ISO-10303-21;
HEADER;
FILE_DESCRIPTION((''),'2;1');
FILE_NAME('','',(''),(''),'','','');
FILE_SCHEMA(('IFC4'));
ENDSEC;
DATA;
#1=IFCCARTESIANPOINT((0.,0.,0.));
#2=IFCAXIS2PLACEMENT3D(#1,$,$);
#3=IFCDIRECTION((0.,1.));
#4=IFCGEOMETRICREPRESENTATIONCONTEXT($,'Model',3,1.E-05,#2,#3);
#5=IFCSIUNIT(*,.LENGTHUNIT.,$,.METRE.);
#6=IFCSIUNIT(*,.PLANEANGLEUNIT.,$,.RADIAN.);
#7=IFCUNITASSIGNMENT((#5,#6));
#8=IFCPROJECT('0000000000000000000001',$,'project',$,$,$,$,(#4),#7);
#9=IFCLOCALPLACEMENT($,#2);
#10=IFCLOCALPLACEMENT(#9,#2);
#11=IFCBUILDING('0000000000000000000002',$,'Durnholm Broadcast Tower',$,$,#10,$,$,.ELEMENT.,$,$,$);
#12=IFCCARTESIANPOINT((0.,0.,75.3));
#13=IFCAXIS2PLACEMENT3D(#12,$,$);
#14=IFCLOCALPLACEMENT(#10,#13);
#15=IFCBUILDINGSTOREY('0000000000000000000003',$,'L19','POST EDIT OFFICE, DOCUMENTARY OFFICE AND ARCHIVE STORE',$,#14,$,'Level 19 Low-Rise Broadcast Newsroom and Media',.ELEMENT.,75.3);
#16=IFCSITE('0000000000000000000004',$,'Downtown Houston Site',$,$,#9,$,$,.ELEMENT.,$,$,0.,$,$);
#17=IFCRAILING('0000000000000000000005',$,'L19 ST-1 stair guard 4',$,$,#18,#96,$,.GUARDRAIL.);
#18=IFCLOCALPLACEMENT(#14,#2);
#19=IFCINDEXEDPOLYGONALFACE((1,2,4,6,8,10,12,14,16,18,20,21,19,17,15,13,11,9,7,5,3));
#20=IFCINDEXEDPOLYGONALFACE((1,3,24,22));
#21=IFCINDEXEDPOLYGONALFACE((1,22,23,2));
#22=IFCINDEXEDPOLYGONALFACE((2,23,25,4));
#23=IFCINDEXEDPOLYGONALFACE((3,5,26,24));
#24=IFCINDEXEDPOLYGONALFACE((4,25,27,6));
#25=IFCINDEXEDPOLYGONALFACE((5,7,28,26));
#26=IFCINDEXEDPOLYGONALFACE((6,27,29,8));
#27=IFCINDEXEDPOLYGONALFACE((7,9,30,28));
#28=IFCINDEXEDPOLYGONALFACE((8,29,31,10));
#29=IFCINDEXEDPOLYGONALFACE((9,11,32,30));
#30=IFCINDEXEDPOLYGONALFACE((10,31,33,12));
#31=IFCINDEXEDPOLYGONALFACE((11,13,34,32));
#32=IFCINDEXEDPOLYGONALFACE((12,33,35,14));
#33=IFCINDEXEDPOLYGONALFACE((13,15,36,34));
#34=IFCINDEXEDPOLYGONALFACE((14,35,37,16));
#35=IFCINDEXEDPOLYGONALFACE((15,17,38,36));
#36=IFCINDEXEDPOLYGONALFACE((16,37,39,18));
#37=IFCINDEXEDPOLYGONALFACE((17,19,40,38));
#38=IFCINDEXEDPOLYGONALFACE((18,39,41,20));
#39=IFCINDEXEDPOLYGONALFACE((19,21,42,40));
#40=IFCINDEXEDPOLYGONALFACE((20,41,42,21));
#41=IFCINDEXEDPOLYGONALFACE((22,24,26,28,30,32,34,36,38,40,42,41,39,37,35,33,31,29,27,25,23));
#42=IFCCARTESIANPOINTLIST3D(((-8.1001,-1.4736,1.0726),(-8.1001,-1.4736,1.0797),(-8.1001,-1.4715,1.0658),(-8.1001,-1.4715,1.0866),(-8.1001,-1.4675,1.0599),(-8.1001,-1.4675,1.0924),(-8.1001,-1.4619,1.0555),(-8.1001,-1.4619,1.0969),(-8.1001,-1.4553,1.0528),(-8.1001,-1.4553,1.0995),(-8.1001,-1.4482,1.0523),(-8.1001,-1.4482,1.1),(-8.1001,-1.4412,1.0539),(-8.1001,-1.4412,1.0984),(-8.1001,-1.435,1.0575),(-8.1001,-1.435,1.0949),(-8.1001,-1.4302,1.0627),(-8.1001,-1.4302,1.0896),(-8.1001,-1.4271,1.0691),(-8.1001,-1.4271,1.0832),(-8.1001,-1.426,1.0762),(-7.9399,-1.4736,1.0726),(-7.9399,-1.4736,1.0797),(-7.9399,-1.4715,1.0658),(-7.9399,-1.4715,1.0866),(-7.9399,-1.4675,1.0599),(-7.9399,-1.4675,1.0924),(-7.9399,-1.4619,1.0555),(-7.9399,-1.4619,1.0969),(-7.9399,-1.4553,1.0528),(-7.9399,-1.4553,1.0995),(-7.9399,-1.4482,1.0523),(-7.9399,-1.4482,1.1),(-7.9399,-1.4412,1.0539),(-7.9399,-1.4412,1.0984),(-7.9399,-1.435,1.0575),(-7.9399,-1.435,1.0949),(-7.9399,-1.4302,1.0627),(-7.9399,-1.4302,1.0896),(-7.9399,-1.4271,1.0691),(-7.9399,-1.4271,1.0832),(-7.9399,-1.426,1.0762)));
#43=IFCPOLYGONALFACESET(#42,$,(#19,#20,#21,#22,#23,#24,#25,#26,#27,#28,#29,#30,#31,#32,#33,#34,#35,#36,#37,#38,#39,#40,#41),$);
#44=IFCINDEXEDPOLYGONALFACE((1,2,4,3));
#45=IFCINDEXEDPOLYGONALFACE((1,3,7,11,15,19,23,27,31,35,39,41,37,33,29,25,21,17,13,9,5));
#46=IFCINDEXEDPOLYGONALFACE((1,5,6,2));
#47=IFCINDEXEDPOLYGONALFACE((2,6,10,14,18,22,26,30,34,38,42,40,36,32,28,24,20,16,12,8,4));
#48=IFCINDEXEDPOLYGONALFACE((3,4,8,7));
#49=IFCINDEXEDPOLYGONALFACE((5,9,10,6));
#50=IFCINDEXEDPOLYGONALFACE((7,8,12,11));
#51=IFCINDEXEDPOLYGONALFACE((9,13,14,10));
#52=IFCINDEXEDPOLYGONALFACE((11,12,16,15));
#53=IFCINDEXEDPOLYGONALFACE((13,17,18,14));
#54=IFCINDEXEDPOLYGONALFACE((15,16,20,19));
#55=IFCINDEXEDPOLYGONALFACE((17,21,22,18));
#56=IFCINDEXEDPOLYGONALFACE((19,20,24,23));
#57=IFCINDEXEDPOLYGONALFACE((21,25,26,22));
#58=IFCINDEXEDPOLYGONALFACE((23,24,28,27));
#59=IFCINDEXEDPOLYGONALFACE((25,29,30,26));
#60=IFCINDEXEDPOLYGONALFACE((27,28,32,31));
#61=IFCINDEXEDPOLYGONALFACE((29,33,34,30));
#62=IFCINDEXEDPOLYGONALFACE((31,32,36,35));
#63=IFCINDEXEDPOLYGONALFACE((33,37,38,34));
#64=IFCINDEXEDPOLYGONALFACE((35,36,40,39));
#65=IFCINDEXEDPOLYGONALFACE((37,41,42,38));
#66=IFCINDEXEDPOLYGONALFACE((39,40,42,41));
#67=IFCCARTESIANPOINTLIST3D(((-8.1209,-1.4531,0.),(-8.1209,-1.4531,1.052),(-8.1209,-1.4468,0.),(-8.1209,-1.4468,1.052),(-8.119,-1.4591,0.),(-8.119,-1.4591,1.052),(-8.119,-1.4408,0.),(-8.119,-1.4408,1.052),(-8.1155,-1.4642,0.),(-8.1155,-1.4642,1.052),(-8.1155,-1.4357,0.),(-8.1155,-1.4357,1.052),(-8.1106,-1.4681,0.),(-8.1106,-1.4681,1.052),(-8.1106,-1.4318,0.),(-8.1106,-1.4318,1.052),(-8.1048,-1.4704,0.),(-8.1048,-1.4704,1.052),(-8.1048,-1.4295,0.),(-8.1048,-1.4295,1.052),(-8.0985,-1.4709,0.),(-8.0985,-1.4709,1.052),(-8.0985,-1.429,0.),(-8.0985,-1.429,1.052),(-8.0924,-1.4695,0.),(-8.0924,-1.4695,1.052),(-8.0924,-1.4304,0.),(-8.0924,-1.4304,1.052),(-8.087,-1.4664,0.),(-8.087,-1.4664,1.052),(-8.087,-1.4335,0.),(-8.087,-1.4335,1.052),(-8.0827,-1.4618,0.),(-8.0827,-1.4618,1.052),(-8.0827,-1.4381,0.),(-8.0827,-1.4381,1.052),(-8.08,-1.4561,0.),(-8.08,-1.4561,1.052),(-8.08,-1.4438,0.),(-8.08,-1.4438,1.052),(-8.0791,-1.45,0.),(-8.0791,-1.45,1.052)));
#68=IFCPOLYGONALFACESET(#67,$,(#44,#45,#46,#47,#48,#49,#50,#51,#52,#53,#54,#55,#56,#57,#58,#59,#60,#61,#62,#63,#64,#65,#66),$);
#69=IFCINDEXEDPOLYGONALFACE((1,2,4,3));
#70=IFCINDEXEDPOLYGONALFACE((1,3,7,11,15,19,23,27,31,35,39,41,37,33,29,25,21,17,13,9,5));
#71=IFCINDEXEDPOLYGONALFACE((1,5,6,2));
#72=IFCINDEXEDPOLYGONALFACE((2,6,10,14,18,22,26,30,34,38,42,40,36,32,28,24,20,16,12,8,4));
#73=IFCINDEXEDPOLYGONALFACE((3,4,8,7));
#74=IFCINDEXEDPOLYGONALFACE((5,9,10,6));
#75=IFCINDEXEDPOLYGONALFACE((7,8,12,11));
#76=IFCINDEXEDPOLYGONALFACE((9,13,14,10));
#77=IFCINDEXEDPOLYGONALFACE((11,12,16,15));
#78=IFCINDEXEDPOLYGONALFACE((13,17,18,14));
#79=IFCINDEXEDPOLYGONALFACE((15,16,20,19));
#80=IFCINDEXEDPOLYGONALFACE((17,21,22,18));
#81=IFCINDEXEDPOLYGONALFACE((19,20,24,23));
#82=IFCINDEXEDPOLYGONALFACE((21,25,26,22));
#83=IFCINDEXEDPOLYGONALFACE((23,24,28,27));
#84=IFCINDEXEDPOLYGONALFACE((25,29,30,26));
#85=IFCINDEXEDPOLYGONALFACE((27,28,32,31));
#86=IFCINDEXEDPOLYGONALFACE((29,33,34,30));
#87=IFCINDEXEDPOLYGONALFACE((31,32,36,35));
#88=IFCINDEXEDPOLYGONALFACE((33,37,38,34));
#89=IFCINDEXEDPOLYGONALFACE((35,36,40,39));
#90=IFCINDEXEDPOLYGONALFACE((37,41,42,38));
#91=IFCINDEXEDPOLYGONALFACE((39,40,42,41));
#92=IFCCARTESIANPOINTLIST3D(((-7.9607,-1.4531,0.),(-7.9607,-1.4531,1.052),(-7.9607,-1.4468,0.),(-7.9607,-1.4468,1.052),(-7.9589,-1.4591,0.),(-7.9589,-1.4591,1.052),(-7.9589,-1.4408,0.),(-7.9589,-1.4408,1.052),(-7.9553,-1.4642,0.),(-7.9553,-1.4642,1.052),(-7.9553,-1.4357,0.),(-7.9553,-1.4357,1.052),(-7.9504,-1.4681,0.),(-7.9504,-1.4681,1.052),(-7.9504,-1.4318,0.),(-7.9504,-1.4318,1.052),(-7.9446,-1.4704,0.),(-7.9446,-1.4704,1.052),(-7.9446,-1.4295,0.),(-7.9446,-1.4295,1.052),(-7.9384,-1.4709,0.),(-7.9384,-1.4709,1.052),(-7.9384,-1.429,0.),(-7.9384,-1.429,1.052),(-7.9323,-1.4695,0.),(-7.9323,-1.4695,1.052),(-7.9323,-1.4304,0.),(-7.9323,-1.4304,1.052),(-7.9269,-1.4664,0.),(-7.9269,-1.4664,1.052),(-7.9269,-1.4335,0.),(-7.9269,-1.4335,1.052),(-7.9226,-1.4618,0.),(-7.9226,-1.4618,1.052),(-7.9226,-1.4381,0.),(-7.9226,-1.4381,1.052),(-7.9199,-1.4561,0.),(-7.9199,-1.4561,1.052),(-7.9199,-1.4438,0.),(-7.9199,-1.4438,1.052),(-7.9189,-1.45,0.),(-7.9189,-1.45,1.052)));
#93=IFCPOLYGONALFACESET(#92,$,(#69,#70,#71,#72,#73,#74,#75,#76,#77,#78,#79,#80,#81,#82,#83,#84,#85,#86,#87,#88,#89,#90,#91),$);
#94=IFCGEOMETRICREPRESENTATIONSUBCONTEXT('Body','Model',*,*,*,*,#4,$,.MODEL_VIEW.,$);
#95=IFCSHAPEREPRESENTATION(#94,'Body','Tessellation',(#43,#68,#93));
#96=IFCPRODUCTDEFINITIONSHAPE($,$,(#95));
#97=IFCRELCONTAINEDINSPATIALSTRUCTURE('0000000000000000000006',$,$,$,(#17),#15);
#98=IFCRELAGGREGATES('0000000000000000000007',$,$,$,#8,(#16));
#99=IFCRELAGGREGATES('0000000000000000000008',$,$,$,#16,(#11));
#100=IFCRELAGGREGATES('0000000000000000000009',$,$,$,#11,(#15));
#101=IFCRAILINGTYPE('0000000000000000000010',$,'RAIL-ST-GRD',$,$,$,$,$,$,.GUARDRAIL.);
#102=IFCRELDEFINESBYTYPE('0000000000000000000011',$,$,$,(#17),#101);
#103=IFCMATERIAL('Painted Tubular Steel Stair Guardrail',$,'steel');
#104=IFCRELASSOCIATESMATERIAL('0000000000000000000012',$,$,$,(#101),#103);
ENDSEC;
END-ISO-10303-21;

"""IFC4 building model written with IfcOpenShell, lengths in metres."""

from ifc_helpers import new_model, si_unit, direction, frame, origin, origin_2d, place, context, subcontext, project, spatial, circle, extrude, material, type_object, element, save


model = new_model("IFC4")

# Units and contexts
model_context = context("Model", 3, precision=1e-05, world=origin(), true_north=direction((0.0, 1.0)))
body_context = subcontext(model_context, "Body", "Model", "MODEL_VIEW")
ifc_project = project(units=[si_unit("LENGTHUNIT", "METRE"), si_unit("PLANEANGLEUNIT", "RADIAN")], contexts=[model_context])

# Site, building, storey
site_placement = place(None, origin())
site = spatial("IfcSite", under=ifc_project, at=site_placement, Name="Downtown Houston Site", CompositionType="ELEMENT", RefElevation=0.0)
building_placement = place(site_placement, origin())
building = spatial("IfcBuilding", under=site, at=building_placement, Name="Durnholm Broadcast Tower", CompositionType="ELEMENT")
storey_placement = place(building_placement, frame((0.0, 0.0, 75.3)))
storey = spatial("IfcBuildingStorey", under=building, at=storey_placement, Name="L19", Description="POST EDIT OFFICE, DOCUMENTARY OFFICE AND ARCHIVE STORE", LongName="Level 19 Low-Rise Broadcast Newsroom and Media", CompositionType="ELEMENT", Elevation=75.3)

# Railing
ifc_material_1 = material(Name="Painted Tubular Steel Stair Guardrail", Category="steel")
railing_type_1 = type_object("IfcRailingType", Name="RAIL-ST-GRD", PredefinedType="GUARDRAIL", material=ifc_material_1)
railing_1_placement = place(storey_placement, frame((-8.1001, -1.45, 0.0)))
element("IfcRailing", 1, at=railing_1_placement, inside=storey, type_object=railing_type_1, Name="L19 ST-1 stair guard 4", PredefinedType="GUARDRAIL", context=body_context, shape_type="SweptSolid", body=[
    extrude(circle(Radius=0.0239, at=origin_2d()), frame((0.0, 0.0, 1.0762), z_axis=(1.0, 0.0, 0.0), x_axis=(0.0, 1.0, 0.0)), (0.0, 0.0, 1.0), 0.1602),
    extrude(circle(Radius=0.021, at=origin_2d()), origin(), (0.0, 0.0, 1.0), 1.052),
    extrude(circle(Radius=0.021, at=origin_2d()), frame((0.1602, 0.0, 0.0)), (0.0, 0.0, 1.0), 1.052),
])

save(model, "model.ifc")
